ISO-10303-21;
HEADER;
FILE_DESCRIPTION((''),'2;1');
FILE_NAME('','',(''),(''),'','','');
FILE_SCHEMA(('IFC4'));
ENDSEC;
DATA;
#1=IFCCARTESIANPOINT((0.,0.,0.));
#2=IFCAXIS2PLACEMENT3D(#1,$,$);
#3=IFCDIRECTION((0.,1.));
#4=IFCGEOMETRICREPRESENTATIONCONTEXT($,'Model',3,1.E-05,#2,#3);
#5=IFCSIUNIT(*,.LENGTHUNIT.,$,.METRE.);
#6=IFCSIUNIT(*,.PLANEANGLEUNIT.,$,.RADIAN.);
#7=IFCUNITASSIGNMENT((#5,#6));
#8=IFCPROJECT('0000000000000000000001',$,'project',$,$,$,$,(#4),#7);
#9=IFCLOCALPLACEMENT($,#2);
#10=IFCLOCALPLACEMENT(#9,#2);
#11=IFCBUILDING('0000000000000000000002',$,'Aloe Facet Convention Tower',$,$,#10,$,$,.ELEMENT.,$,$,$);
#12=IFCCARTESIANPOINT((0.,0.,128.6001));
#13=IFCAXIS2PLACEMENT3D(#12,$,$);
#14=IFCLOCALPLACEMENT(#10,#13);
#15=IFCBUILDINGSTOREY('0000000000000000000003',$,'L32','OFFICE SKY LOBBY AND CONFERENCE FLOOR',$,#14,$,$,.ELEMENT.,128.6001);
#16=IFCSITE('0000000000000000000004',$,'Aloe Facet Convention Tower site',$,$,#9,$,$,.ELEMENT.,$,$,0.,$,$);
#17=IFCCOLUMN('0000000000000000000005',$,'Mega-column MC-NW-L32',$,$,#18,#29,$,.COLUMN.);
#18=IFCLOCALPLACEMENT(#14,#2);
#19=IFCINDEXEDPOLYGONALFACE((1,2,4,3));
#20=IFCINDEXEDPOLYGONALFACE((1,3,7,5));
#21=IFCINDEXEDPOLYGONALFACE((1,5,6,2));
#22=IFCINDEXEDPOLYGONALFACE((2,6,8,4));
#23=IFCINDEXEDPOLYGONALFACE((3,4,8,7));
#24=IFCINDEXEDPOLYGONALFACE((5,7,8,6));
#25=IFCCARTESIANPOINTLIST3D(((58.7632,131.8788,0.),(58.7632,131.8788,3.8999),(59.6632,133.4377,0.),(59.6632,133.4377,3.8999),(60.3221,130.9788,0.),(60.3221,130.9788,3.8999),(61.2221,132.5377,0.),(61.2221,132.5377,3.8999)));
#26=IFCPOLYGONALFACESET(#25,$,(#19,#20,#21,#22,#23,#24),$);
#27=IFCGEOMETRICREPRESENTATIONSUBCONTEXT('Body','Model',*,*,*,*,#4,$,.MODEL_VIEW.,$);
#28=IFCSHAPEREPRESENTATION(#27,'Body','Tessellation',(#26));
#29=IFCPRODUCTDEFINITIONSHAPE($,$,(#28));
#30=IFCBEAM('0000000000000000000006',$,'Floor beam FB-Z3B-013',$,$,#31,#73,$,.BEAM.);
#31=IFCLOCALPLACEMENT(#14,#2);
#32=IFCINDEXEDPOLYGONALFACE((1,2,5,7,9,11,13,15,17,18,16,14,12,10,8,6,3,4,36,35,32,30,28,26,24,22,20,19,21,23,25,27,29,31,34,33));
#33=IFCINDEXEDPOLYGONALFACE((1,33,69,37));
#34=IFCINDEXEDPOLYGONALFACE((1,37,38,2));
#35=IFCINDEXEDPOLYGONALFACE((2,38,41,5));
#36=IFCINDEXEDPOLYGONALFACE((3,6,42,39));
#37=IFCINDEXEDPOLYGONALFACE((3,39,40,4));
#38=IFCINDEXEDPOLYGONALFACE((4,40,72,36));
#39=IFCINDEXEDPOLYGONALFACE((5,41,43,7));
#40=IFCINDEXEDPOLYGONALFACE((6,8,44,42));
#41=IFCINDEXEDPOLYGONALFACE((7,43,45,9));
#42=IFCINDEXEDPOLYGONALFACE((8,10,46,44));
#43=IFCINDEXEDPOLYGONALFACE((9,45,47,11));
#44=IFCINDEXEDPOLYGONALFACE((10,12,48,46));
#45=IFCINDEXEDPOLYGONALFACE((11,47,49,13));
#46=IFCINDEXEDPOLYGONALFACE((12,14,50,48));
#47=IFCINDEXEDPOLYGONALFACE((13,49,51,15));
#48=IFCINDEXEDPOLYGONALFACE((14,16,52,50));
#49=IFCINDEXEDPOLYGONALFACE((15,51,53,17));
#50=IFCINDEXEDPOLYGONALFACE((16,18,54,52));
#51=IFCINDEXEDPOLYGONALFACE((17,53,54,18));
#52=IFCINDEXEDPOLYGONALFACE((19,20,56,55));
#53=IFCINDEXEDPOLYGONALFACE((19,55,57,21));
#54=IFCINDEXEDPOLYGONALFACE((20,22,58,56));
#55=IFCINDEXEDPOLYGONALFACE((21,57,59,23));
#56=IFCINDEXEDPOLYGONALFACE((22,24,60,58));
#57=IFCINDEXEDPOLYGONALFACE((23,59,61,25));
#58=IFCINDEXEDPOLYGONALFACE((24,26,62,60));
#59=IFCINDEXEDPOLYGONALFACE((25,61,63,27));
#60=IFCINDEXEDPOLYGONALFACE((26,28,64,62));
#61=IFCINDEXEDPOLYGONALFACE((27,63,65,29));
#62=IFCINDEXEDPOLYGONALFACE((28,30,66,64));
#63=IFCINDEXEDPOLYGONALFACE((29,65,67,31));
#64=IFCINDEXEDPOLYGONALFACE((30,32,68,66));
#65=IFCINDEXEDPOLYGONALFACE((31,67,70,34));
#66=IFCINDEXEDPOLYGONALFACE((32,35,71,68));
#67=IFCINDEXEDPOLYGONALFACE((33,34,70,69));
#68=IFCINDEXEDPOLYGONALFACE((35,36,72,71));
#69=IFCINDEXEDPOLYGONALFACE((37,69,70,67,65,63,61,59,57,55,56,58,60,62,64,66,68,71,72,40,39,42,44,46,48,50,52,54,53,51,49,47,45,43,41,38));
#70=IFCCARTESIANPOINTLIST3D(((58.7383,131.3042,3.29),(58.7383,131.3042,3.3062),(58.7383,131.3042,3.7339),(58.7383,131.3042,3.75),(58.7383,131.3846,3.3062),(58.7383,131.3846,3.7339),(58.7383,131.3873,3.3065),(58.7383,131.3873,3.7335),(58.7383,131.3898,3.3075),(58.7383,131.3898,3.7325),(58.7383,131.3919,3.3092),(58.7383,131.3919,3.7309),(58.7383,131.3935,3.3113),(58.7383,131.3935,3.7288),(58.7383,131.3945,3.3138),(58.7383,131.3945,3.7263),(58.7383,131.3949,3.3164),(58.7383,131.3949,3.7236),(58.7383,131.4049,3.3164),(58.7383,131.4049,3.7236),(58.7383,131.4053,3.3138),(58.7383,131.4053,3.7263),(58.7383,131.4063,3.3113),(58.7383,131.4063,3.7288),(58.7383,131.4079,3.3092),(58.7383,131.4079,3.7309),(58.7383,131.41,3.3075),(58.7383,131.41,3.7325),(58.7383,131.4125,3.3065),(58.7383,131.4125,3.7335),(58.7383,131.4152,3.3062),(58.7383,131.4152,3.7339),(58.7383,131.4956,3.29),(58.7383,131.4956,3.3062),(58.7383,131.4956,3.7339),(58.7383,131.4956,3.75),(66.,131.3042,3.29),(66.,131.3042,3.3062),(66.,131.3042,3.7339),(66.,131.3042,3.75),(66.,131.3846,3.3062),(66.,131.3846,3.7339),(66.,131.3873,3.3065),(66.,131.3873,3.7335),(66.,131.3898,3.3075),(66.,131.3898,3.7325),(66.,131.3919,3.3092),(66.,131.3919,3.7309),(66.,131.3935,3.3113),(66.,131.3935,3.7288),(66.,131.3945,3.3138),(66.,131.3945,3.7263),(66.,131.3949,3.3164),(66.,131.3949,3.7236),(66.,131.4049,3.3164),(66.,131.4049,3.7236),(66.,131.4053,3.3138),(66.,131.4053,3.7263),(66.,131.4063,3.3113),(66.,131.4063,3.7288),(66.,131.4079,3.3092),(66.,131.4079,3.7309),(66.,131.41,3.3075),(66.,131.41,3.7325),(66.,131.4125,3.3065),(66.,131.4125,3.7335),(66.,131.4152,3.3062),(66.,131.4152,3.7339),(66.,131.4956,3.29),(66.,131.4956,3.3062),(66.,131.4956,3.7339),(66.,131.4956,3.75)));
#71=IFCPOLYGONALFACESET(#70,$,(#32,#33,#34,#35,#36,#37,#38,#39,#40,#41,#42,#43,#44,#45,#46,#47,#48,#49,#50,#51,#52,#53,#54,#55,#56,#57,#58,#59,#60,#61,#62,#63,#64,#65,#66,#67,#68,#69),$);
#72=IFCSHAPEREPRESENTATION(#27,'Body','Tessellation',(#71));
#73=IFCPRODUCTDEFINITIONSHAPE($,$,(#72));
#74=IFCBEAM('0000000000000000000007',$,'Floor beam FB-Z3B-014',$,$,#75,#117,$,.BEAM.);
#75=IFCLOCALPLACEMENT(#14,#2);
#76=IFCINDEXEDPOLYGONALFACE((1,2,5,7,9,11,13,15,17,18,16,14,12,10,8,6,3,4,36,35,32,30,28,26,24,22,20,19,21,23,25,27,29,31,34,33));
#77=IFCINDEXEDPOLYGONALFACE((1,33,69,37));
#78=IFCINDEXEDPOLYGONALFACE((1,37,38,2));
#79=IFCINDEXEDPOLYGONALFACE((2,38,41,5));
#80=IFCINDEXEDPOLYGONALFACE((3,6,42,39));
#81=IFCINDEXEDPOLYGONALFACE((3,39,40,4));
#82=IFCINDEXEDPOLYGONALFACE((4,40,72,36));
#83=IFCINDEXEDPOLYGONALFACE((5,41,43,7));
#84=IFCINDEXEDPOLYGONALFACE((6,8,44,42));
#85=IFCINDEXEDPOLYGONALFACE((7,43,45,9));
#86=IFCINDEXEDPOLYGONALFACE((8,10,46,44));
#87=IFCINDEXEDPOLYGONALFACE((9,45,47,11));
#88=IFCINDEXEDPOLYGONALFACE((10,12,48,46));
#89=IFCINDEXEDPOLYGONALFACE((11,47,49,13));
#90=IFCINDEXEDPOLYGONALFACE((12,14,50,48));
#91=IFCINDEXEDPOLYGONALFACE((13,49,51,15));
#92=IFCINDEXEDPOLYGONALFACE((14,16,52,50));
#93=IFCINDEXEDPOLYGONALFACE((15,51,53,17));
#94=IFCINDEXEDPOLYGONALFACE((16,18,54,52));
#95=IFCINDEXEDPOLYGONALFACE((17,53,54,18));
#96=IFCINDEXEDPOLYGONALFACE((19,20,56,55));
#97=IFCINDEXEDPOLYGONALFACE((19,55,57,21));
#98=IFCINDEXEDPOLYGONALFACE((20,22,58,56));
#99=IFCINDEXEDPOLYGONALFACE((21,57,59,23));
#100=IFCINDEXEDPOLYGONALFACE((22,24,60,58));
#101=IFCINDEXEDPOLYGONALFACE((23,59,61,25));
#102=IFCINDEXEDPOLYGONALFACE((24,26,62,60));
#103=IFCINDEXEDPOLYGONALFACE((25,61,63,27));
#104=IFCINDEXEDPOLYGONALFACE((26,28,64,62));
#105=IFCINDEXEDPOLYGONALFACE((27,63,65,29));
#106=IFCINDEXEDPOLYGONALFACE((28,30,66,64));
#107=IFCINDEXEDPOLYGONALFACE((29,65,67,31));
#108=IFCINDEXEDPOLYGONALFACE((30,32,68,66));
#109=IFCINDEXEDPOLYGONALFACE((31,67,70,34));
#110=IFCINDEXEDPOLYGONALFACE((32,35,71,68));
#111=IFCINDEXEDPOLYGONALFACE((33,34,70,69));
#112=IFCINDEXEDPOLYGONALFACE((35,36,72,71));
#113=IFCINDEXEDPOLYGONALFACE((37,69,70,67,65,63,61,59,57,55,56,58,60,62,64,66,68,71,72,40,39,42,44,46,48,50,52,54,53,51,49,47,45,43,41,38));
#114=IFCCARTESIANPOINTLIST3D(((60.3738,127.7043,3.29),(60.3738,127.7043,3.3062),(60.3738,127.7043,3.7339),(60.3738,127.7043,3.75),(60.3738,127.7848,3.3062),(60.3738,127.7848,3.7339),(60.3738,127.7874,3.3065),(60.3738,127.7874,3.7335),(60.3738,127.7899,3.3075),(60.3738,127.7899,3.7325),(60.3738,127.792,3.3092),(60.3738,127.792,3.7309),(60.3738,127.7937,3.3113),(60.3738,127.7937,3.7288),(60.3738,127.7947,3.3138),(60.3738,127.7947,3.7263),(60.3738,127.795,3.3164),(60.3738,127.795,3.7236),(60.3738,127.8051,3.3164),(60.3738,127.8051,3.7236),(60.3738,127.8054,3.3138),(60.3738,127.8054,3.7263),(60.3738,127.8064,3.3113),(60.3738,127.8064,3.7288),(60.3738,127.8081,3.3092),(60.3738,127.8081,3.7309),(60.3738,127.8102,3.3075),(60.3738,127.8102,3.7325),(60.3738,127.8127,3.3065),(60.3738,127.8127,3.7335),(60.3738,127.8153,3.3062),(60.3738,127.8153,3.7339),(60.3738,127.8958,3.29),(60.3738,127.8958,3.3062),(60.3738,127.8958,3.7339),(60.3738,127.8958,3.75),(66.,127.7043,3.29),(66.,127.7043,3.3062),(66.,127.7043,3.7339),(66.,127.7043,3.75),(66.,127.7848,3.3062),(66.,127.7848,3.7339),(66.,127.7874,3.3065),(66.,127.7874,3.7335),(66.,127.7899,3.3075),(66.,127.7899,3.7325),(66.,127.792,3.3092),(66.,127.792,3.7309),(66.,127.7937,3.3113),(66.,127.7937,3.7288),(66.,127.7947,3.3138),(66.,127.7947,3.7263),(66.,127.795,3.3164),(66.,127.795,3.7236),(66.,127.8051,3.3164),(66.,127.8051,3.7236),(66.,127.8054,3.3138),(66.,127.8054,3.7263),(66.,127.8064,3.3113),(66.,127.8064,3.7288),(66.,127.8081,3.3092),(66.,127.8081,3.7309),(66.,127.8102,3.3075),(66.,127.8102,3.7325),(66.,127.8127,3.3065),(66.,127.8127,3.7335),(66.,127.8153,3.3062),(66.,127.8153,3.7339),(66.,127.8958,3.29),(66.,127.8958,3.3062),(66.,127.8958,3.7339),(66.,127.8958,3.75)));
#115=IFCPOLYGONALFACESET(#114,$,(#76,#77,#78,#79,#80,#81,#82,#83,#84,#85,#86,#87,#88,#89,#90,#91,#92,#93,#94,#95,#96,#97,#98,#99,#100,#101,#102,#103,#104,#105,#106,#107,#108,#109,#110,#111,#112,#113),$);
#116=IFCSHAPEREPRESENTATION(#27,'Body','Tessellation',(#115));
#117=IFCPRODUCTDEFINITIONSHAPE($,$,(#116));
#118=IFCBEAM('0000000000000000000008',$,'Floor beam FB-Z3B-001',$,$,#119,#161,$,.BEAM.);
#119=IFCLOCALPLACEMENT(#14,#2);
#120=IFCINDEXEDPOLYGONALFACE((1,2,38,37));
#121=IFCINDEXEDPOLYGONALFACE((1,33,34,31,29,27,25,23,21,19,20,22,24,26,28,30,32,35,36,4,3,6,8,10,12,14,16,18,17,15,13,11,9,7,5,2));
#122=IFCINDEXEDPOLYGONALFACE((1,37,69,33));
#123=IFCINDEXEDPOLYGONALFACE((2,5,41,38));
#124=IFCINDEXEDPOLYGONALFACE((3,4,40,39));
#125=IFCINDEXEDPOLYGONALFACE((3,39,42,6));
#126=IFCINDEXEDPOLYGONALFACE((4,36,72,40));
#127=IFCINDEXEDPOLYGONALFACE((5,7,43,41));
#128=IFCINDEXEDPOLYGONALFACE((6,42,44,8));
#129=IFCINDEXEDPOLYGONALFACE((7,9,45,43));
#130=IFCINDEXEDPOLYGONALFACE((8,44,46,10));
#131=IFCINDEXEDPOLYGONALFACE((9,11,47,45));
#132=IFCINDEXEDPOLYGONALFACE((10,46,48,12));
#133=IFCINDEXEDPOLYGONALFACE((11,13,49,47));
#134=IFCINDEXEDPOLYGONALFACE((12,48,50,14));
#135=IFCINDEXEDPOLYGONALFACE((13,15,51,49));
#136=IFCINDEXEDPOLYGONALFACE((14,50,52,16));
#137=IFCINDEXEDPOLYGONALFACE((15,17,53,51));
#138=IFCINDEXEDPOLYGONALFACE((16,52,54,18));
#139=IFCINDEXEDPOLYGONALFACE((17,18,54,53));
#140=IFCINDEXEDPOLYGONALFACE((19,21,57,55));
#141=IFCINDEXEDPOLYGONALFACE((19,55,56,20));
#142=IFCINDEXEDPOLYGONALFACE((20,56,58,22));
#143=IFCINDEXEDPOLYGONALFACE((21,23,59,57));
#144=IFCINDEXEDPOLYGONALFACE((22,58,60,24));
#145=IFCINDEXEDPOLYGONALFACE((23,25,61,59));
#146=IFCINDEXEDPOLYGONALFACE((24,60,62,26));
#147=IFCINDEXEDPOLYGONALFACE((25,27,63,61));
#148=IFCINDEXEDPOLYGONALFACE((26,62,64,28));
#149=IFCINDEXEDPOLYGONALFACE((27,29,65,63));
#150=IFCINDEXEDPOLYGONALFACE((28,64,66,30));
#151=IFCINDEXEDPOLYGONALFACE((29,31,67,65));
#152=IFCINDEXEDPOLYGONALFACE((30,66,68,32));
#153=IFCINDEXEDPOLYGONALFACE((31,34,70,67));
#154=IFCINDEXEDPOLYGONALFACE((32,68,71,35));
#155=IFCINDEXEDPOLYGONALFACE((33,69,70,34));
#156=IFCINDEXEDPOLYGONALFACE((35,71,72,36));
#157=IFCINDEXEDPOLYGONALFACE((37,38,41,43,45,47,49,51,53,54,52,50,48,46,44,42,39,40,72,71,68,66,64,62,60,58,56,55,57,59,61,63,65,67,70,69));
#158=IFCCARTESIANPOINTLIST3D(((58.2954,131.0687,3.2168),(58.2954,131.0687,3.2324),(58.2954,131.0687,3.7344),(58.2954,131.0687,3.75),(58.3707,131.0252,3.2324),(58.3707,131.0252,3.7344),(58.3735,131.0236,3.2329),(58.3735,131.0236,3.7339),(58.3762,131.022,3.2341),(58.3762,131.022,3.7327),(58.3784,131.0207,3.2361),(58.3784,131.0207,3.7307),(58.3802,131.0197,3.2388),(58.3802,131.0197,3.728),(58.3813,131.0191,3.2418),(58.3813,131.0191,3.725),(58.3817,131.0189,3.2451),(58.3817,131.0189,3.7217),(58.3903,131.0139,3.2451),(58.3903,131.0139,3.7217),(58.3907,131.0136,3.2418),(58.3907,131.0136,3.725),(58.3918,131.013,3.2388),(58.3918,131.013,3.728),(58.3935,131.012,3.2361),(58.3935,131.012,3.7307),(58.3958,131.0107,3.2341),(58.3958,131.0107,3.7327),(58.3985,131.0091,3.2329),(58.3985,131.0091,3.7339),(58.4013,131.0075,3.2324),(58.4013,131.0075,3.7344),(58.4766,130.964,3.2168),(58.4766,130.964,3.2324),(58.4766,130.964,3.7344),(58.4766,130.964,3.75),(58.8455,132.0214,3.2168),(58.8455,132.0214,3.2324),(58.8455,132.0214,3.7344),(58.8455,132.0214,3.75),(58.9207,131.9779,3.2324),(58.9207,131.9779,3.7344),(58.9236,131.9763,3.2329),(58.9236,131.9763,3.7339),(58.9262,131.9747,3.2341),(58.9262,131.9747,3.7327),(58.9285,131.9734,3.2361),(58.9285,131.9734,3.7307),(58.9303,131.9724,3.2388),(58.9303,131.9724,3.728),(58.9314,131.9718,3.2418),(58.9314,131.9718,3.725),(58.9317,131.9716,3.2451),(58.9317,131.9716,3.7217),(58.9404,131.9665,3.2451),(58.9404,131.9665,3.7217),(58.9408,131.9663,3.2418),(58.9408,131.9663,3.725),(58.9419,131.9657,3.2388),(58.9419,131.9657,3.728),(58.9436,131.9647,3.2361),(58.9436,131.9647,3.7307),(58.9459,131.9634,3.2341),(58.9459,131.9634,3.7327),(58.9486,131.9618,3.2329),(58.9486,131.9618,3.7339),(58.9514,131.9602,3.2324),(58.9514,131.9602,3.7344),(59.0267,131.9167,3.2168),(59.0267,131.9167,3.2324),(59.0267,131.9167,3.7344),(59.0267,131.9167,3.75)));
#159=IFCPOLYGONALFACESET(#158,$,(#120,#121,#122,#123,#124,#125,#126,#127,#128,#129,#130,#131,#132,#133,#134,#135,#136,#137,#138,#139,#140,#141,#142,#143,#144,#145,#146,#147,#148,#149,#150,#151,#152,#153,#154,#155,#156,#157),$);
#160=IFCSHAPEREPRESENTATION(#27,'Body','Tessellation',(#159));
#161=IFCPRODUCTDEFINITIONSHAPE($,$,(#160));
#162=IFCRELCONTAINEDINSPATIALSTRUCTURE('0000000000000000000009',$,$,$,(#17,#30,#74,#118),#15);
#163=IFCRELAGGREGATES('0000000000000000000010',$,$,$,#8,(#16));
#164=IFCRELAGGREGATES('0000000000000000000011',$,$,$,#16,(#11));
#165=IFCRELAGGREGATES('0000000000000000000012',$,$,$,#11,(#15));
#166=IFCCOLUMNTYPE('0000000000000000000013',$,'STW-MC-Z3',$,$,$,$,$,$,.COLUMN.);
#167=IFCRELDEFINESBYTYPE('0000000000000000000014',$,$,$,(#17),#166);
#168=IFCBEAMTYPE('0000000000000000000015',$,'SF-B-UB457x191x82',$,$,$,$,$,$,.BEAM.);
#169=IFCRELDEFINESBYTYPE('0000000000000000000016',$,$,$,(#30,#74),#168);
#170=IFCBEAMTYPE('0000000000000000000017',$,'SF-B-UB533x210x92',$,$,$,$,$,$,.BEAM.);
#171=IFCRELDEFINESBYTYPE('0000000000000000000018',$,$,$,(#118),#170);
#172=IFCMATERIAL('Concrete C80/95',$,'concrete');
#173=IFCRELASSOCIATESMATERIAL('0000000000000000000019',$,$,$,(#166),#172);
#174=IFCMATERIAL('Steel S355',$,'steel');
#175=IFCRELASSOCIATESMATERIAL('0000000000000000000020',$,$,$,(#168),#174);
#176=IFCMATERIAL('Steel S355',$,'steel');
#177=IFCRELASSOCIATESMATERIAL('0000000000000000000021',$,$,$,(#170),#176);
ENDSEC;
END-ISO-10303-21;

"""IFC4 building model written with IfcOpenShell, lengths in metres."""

from ifc_helpers import new_model, si_unit, direction, frame, origin, origin_2d, place, context, subcontext, project, spatial, rectangle, i_section, extrude, material, material_profile, profile_set, type_object, element, save


model = new_model("IFC4")

# Units and contexts
model_context = context("Model", 3, precision=1e-05, world=origin(), true_north=direction((0.0, 1.0)))
body_context = subcontext(model_context, "Body", "Model", "MODEL_VIEW")
ifc_project = project(units=[si_unit("LENGTHUNIT", "METRE"), si_unit("PLANEANGLEUNIT", "RADIAN")], contexts=[model_context])

# Site, building, storey
site_placement = place(None, origin())
site = spatial("IfcSite", under=ifc_project, at=site_placement, Name="Aloe Facet Convention Tower site", CompositionType="ELEMENT", RefElevation=0.0)
building_placement = place(site_placement, origin())
building = spatial("IfcBuilding", under=site, at=building_placement, Name="Aloe Facet Convention Tower", CompositionType="ELEMENT")
storey_placement = place(building_placement, frame((0.0, 0.0, 128.6001)))
storey = spatial("IfcBuildingStorey", under=building, at=storey_placement, Name="L32", Description="OFFICE SKY LOBBY AND CONFERENCE FLOOR", CompositionType="ELEMENT", Elevation=128.6001)

# Column
ifc_material_1 = material(Name="Concrete C80/95", Category="concrete")
ifc_material_profile_1 = material_profile(ifc_material_1, rectangle(XDim=1.8, YDim=1.8, at=origin_2d()), Name="STW-MC-Z3")
ifc_profile_set_1 = profile_set([ifc_material_profile_1], Name="Concrete C80/95")
column_type = type_object("IfcColumnType", Name="STW-MC-Z3", PredefinedType="COLUMN", material=ifc_profile_set_1)
column_placement = place(storey_placement, frame((59.9927, 132.2083, 0.0), z_axis=(0.0, 0.0, 1.0), x_axis=(-0.5, -0.866025, 0.0)))
element("IfcColumn", 1, at=column_placement, inside=storey, type_object=column_type, Name="Mega-column MC-NW-L32", PredefinedType="COLUMN", context=body_context, shape_type="SweptSolid", body=[
    extrude(rectangle(XDim=1.8, YDim=1.8, at=origin_2d()), origin(), (0.0, 0.0, 1.0), 3.8999),
])

# Beams
ifc_material_2 = material(Name="Steel S355", Category="steel")
ifc_material_profile_2 = material_profile(ifc_material_2, i_section(OverallWidth=0.1914, OverallDepth=0.46, WebThickness=0.01, FlangeThickness=0.0161, FilletRadius=0.0103, at=origin_2d()), Name="UB 457x191x82")
ifc_profile_set_2 = profile_set([ifc_material_profile_2], Name="Steel S355")
beam_type_1 = type_object("IfcBeamType", Name="SF-B-UB457x191x82", PredefinedType="BEAM", material=ifc_profile_set_2)
beam_1_placement = place(storey_placement, frame((58.7383, 131.3999, 3.52), z_axis=(1.0, 0.0, 0.0), x_axis=(0.0, 1.0, 0.0)))
element("IfcBeam", 2, at=beam_1_placement, inside=storey, type_object=beam_type_1, Name="Floor beam FB-Z3B-013", PredefinedType="BEAM", context=body_context, shape_type="SweptSolid", body=[
    extrude(i_section(OverallWidth=0.1914, OverallDepth=0.46, WebThickness=0.01, FlangeThickness=0.0161, FilletRadius=0.0103, at=origin_2d()), origin(), (0.0, 0.0, 1.0), 7.2617),
])
beam_2_placement = place(storey_placement, frame((60.3738, 127.8, 3.52), z_axis=(1.0, 0.0, 0.0), x_axis=(0.0, 1.0, 0.0)))
element("IfcBeam", 3, at=beam_2_placement, inside=storey, type_object=beam_type_1, Name="Floor beam FB-Z3B-014", PredefinedType="BEAM", context=body_context, shape_type="SweptSolid", body=[
    extrude(i_section(OverallWidth=0.1914, OverallDepth=0.46, WebThickness=0.01, FlangeThickness=0.0161, FilletRadius=0.0103, at=origin_2d()), origin(), (0.0, 0.0, 1.0), 5.6262),
])
ifc_material_3 = material(Name="Steel S355", Category="steel")
ifc_material_profile_3 = material_profile(ifc_material_3, i_section(OverallWidth=0.2092, OverallDepth=0.5332, WebThickness=0.01, FlangeThickness=0.0156, FilletRadius=0.0127, at=origin_2d()), Name="UB 533x210x92")
ifc_profile_set_3 = profile_set([ifc_material_profile_3], Name="Steel S355")
beam_type_2 = type_object("IfcBeamType", Name="SF-B-UB533x210x92", PredefinedType="BEAM", material=ifc_profile_set_3)
beam_3_placement = place(storey_placement, frame((58.386, 131.0164, 3.4834), z_axis=(0.50003, 0.866008, 0.0), x_axis=(-0.866008, 0.50003, 0.0)))
element("IfcBeam", 4, at=beam_3_placement, inside=storey, type_object=beam_type_2, Name="Floor beam FB-Z3B-001", PredefinedType="BEAM", context=body_context, shape_type="SweptSolid", body=[
    extrude(i_section(OverallWidth=0.2092, OverallDepth=0.5332, WebThickness=0.01, FlangeThickness=0.0156, FilletRadius=0.0127, at=origin_2d()), origin(), (0.0, 0.0, 1.0), 1.1001),
])

save(model, "model.ifc")
